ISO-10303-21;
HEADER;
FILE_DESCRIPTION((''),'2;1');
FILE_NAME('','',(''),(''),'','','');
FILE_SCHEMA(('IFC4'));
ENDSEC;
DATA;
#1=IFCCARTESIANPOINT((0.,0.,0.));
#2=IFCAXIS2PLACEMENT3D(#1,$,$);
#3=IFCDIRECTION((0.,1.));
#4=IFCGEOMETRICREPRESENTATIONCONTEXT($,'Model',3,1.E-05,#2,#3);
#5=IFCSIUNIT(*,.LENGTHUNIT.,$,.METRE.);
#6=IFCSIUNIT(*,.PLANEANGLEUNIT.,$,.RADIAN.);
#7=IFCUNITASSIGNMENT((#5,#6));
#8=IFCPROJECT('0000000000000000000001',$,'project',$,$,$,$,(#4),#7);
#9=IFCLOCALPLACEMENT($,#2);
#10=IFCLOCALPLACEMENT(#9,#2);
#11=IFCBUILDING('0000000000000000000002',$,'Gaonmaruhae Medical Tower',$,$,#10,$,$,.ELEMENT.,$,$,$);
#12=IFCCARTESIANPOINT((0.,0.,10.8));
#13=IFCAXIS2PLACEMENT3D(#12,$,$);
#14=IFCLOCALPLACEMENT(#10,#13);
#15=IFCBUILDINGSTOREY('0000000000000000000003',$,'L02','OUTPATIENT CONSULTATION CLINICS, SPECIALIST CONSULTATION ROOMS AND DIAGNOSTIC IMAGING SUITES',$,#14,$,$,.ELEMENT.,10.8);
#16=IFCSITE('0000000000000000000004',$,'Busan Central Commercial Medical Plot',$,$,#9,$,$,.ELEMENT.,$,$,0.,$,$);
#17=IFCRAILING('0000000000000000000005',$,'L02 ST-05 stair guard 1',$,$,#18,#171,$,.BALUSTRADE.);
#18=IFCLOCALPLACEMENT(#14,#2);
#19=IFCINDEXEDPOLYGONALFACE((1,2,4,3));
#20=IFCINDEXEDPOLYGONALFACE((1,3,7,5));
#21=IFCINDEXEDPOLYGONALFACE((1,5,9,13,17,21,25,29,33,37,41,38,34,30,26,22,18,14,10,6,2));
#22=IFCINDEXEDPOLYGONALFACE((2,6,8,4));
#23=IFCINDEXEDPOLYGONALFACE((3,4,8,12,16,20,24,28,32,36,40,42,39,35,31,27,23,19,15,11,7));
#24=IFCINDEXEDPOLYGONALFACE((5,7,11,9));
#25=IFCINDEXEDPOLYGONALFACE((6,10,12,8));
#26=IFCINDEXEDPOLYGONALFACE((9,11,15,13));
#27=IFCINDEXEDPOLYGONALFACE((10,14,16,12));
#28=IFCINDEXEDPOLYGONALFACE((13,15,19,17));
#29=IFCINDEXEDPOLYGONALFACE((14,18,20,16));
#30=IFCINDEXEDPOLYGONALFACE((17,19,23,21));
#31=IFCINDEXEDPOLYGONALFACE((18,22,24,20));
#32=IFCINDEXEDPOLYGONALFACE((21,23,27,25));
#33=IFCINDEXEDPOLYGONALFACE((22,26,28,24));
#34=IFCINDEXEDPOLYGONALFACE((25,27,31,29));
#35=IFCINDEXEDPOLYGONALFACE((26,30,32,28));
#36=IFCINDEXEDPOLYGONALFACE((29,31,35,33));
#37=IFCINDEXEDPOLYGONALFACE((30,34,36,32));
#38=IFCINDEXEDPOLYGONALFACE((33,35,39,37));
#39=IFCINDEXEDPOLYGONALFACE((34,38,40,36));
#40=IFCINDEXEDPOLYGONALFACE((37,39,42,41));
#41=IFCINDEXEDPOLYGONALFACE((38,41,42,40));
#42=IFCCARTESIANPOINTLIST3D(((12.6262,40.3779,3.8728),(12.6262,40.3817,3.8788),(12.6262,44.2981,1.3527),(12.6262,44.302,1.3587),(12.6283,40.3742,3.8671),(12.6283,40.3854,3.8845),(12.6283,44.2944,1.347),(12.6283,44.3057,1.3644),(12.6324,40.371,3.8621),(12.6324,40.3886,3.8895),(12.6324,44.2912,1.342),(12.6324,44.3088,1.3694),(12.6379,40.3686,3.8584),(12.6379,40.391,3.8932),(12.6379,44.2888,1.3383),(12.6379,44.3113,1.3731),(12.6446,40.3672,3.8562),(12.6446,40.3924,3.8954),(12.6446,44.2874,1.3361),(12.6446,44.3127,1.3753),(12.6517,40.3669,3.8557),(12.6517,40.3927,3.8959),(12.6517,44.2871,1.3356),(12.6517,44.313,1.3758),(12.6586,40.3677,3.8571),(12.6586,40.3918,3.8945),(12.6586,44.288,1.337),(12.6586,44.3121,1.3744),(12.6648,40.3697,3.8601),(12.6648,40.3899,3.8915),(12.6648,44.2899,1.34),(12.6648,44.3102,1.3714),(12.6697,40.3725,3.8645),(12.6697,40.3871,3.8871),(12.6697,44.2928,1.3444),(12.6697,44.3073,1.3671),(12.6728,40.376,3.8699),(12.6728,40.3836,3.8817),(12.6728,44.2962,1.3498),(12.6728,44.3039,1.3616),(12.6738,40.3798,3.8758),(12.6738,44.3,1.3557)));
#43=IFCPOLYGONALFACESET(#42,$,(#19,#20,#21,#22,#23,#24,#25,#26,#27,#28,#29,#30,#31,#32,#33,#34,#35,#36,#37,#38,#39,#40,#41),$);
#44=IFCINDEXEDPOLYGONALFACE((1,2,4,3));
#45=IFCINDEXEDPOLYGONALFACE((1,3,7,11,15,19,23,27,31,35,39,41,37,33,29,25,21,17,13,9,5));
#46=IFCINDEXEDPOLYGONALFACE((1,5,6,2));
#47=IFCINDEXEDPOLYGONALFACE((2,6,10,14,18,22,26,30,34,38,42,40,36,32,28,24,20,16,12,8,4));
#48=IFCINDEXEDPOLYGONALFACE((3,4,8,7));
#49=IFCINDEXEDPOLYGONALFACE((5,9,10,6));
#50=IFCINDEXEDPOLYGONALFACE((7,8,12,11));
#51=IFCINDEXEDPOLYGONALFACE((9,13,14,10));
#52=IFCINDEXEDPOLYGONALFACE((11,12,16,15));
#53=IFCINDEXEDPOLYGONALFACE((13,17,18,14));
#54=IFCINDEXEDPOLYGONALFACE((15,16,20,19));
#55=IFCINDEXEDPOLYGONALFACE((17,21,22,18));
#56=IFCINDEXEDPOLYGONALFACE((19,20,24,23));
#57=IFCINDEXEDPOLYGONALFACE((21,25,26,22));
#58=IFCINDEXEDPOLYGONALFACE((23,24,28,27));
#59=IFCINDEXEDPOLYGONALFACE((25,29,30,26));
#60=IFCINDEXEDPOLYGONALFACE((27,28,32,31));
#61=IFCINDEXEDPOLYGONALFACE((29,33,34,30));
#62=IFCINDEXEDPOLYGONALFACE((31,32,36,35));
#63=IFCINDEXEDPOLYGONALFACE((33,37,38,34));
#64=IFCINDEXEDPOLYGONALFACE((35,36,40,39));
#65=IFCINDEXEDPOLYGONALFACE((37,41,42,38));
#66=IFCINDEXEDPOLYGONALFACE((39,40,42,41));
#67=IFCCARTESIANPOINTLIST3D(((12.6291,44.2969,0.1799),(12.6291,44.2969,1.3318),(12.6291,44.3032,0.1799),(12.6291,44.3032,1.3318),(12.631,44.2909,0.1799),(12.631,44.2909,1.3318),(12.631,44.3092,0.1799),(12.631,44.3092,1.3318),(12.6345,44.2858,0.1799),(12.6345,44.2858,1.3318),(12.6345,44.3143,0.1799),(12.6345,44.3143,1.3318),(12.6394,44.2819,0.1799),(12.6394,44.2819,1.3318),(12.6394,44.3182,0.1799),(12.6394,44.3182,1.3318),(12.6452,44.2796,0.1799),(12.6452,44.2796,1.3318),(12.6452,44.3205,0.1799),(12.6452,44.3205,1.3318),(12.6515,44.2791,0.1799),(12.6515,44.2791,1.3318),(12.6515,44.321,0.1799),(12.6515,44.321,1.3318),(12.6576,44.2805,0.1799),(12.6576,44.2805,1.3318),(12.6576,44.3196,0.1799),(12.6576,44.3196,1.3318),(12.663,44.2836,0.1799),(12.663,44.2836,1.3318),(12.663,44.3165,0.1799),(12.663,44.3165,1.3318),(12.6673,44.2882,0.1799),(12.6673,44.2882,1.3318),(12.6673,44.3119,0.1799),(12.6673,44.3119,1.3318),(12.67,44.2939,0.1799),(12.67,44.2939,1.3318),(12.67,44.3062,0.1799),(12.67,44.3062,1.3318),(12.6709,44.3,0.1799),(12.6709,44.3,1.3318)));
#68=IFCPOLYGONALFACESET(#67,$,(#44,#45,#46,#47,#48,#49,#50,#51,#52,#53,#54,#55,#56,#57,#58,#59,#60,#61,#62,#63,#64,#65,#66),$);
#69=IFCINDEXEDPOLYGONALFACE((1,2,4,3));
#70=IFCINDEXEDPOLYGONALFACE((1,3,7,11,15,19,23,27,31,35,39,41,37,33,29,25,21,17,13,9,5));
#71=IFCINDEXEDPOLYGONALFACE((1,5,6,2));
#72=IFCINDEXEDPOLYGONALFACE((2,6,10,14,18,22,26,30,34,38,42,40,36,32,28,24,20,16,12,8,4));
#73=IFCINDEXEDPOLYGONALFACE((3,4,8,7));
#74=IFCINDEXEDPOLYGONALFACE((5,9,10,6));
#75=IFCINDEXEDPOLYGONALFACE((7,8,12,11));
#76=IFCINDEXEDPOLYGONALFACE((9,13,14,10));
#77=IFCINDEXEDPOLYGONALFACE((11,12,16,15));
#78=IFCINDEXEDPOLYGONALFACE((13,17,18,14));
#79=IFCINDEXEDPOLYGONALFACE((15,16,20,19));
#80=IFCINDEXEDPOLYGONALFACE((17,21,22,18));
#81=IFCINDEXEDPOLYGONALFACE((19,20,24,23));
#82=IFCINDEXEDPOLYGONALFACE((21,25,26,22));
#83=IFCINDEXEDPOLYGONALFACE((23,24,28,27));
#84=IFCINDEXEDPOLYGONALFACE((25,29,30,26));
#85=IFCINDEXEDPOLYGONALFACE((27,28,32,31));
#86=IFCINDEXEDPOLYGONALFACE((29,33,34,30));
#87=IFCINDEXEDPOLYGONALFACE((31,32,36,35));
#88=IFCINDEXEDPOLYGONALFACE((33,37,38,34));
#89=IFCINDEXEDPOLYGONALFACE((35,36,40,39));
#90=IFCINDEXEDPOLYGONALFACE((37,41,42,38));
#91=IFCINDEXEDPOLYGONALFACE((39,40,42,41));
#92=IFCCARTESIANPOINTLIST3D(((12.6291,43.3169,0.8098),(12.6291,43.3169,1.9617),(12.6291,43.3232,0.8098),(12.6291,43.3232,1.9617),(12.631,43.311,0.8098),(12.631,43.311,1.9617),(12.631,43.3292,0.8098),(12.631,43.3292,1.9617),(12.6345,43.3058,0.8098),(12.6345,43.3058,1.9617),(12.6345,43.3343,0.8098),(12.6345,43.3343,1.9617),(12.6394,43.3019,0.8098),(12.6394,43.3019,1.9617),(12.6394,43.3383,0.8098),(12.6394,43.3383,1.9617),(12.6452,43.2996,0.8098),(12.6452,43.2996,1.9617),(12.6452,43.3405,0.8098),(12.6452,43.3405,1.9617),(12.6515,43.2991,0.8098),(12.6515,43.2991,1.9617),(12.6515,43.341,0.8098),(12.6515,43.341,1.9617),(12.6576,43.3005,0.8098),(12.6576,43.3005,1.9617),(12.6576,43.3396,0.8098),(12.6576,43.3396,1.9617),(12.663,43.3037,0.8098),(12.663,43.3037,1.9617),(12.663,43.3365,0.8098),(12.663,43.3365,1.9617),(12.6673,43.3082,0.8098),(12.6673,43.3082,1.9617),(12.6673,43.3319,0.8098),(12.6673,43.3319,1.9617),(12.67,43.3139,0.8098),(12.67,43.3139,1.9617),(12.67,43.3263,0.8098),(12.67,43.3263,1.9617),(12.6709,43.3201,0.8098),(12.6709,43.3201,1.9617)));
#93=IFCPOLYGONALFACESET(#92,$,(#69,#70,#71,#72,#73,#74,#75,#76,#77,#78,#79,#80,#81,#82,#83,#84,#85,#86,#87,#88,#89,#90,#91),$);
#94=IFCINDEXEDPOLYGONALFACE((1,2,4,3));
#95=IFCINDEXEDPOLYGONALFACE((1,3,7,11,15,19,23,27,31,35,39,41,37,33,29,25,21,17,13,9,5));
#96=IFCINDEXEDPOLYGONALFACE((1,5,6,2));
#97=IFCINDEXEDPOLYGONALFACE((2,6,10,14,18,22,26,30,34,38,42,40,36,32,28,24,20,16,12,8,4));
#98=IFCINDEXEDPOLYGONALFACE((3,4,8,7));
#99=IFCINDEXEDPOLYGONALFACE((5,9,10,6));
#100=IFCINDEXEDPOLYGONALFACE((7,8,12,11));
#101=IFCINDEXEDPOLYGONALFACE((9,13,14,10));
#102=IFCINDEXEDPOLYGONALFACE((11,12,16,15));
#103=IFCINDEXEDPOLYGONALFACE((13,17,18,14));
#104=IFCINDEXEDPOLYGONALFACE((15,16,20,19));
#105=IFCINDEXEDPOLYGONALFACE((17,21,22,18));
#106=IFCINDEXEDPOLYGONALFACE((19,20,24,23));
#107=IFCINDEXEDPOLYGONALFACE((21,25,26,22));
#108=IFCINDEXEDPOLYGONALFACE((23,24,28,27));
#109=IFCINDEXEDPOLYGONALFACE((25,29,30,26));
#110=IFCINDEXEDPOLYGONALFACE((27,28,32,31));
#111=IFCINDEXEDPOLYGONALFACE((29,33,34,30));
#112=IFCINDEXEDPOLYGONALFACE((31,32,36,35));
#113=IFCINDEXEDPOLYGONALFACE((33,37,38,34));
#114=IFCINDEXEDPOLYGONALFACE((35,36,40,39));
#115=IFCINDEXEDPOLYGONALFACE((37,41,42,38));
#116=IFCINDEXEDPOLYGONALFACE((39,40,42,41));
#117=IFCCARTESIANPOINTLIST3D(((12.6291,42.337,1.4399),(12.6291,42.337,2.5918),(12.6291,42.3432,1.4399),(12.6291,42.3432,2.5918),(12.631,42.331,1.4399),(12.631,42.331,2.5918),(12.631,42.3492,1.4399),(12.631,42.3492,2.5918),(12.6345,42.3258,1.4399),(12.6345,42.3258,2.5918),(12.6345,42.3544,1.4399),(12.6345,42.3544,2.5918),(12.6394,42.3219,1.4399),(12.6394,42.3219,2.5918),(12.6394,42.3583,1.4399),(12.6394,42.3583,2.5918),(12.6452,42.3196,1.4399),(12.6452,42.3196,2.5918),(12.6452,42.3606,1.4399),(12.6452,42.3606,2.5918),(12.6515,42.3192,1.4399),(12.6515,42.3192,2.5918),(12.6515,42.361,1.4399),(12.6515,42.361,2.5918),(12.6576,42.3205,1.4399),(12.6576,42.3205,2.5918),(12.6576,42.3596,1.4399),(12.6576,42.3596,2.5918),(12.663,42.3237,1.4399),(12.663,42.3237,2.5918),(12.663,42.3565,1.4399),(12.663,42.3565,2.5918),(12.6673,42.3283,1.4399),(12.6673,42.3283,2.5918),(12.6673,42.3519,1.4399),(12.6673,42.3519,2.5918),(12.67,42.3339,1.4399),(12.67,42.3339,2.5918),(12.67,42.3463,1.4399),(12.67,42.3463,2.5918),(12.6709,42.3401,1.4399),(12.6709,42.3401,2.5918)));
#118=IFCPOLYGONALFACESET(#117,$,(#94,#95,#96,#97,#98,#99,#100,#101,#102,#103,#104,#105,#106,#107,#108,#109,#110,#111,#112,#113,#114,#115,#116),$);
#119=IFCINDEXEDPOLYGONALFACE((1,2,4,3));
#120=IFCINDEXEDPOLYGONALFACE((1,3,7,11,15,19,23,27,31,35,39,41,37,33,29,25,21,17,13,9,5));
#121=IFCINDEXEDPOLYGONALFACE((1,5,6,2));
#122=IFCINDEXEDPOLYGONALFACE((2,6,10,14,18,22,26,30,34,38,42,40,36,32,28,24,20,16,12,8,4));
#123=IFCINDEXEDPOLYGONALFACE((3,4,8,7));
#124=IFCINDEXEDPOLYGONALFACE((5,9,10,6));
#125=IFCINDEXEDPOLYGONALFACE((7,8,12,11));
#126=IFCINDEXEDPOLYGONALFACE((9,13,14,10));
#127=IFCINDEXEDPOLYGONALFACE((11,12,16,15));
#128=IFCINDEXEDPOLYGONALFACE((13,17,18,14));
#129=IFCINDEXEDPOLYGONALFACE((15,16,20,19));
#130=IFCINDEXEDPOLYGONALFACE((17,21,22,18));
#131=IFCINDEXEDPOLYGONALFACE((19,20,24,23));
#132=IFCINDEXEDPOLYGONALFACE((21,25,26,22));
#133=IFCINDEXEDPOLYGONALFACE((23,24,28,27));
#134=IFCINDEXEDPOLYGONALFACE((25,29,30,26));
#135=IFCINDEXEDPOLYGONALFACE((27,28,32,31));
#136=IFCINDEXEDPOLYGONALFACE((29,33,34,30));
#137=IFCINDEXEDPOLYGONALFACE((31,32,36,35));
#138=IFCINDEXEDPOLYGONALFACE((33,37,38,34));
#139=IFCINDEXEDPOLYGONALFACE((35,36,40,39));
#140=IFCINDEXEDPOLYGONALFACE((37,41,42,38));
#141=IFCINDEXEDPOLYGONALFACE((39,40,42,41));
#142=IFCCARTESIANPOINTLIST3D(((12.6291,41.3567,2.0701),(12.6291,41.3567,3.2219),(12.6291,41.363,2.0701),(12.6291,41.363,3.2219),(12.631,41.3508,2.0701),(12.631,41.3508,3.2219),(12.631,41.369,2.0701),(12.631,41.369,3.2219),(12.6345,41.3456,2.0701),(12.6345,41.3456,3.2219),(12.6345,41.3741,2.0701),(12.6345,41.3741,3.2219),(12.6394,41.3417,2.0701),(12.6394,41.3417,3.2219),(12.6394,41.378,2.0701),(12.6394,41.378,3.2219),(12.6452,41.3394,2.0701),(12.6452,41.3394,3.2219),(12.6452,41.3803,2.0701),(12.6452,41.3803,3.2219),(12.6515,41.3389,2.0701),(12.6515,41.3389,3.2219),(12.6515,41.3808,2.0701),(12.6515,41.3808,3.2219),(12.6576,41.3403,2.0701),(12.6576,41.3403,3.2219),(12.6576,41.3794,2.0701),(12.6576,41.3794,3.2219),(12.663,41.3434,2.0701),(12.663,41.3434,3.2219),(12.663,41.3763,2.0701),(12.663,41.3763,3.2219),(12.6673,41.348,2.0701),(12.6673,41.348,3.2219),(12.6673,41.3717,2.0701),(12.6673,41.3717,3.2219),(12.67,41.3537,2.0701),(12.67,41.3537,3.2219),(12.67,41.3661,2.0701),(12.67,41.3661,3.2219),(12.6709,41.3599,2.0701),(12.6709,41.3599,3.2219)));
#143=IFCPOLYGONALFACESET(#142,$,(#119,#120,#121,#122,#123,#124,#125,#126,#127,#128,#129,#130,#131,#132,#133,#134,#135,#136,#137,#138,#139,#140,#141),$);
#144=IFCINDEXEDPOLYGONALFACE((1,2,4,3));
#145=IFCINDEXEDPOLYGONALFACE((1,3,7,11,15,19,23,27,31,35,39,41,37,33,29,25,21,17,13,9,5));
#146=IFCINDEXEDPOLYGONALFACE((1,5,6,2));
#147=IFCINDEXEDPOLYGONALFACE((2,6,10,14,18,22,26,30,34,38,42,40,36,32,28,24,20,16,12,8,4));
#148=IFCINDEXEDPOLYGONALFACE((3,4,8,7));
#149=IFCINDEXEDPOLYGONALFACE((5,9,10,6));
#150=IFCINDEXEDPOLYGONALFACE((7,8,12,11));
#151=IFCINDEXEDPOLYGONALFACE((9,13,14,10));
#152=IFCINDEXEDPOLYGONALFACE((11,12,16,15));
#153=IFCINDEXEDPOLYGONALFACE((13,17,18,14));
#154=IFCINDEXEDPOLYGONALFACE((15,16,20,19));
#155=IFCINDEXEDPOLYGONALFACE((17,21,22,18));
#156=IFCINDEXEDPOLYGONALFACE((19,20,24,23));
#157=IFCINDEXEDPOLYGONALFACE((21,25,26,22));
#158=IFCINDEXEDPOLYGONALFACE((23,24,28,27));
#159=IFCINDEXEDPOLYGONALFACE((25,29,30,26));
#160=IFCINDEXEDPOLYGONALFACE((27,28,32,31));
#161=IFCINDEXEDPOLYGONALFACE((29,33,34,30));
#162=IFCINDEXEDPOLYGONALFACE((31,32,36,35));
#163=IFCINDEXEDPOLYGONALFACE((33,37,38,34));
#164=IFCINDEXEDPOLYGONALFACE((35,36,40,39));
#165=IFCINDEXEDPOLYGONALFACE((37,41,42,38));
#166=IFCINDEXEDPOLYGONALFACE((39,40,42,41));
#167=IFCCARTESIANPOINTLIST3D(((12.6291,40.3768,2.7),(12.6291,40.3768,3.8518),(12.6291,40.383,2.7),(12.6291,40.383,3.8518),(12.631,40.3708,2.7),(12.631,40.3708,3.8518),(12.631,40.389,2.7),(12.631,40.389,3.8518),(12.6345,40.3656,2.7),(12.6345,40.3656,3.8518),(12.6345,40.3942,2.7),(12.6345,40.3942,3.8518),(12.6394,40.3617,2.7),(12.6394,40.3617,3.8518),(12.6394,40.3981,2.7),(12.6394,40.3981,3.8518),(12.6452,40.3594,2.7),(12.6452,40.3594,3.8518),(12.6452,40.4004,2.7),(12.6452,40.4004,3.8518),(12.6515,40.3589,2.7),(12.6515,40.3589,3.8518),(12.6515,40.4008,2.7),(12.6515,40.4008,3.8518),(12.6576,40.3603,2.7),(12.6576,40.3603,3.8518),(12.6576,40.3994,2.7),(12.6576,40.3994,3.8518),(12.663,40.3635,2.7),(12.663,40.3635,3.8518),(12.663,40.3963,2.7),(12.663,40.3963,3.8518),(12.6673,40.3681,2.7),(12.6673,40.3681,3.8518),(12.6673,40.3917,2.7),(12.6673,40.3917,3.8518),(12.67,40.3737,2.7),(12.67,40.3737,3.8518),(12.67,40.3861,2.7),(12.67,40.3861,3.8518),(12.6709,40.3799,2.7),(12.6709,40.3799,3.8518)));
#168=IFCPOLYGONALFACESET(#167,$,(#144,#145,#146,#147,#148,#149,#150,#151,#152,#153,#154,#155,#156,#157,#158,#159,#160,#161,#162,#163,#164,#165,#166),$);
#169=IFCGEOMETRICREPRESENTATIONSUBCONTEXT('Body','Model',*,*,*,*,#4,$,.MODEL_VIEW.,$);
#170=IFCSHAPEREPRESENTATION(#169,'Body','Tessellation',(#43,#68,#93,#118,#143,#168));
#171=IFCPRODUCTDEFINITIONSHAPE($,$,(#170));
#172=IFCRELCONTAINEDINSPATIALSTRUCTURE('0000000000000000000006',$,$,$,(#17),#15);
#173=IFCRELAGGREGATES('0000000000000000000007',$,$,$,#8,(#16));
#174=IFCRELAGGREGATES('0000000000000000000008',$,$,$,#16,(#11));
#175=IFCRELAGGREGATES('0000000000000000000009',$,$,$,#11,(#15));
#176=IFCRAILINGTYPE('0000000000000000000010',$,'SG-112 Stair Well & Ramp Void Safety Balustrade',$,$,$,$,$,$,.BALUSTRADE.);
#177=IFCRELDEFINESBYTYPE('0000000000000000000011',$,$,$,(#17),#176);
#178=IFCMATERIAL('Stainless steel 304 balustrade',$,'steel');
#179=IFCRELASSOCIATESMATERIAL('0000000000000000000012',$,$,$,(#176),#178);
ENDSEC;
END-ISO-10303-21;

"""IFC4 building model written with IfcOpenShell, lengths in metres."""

from ifc_helpers import new_model, si_unit, direction, frame, origin, origin_2d, place, context, subcontext, project, spatial, circle, extrude, material, type_object, element, save


model = new_model("IFC4")

# Units and contexts
model_context = context("Model", 3, precision=1e-05, world=origin(), true_north=direction((0.0, 1.0)))
body_context = subcontext(model_context, "Body", "Model", "MODEL_VIEW")
ifc_project = project(units=[si_unit("LENGTHUNIT", "METRE"), si_unit("PLANEANGLEUNIT", "RADIAN")], contexts=[model_context])

# Site, building, storey
site_placement = place(None, origin())
site = spatial("IfcSite", under=ifc_project, at=site_placement, Name="Busan Central Commercial Medical Plot", CompositionType="ELEMENT", RefElevation=0.0)
building_placement = place(site_placement, origin())
building = spatial("IfcBuilding", under=site, at=building_placement, Name="Gaonmaruhae Medical Tower", CompositionType="ELEMENT")
storey_placement = place(building_placement, frame((0.0, 0.0, 10.8)))
storey = spatial("IfcBuildingStorey", under=building, at=storey_placement, Name="L02", Description="OUTPATIENT CONSULTATION CLINICS, SPECIALIST CONSULTATION ROOMS AND DIAGNOSTIC IMAGING SUITES", CompositionType="ELEMENT", Elevation=10.8)

# Railing
ifc_material_1 = material(Name="Stainless steel 304 balustrade", Category="steel")
railing_type_1 = type_object("IfcRailingType", Name="SG-112 Stair Well & Ramp Void Safety Balustrade", PredefinedType="BALUSTRADE", material=ifc_material_1)
railing_1_placement = place(storey_placement, frame((12.6499, 44.3, 0.1799)))
element("IfcRailing", 1, at=railing_1_placement, inside=storey, type_object=railing_type_1, Name="L02 ST-05 stair guard 1", PredefinedType="BALUSTRADE", context=body_context, shape_type="SweptSolid", body=[
    extrude(circle(Radius=0.0239, at=origin_2d()), frame((0.0, 0.0, 1.1758), z_axis=(0.0, -0.841187, 0.540744), x_axis=(1.0, 0.0, 0.0)), (0.0, 0.0, 1.0), 4.6604),
    extrude(circle(Radius=0.021, at=origin_2d()), origin(), (0.0, 0.0, 1.0), 1.1519),
    extrude(circle(Radius=0.021, at=origin_2d()), frame((0.0, -0.98, 0.6299)), (0.0, 0.0, 1.0), 1.1519),
    extrude(circle(Radius=0.021, at=origin_2d()), frame((0.0, -1.96, 1.26)), (0.0, 0.0, 1.0), 1.1519),
    extrude(circle(Radius=0.021, at=origin_2d()), frame((0.0, -2.9402, 1.8901)), (0.0, 0.0, 1.0), 1.1519),
    extrude(circle(Radius=0.021, at=origin_2d()), frame((0.0, -3.9202, 2.52)), (0.0, 0.0, 1.0), 1.1519),
])

save(model, "model.ifc")
